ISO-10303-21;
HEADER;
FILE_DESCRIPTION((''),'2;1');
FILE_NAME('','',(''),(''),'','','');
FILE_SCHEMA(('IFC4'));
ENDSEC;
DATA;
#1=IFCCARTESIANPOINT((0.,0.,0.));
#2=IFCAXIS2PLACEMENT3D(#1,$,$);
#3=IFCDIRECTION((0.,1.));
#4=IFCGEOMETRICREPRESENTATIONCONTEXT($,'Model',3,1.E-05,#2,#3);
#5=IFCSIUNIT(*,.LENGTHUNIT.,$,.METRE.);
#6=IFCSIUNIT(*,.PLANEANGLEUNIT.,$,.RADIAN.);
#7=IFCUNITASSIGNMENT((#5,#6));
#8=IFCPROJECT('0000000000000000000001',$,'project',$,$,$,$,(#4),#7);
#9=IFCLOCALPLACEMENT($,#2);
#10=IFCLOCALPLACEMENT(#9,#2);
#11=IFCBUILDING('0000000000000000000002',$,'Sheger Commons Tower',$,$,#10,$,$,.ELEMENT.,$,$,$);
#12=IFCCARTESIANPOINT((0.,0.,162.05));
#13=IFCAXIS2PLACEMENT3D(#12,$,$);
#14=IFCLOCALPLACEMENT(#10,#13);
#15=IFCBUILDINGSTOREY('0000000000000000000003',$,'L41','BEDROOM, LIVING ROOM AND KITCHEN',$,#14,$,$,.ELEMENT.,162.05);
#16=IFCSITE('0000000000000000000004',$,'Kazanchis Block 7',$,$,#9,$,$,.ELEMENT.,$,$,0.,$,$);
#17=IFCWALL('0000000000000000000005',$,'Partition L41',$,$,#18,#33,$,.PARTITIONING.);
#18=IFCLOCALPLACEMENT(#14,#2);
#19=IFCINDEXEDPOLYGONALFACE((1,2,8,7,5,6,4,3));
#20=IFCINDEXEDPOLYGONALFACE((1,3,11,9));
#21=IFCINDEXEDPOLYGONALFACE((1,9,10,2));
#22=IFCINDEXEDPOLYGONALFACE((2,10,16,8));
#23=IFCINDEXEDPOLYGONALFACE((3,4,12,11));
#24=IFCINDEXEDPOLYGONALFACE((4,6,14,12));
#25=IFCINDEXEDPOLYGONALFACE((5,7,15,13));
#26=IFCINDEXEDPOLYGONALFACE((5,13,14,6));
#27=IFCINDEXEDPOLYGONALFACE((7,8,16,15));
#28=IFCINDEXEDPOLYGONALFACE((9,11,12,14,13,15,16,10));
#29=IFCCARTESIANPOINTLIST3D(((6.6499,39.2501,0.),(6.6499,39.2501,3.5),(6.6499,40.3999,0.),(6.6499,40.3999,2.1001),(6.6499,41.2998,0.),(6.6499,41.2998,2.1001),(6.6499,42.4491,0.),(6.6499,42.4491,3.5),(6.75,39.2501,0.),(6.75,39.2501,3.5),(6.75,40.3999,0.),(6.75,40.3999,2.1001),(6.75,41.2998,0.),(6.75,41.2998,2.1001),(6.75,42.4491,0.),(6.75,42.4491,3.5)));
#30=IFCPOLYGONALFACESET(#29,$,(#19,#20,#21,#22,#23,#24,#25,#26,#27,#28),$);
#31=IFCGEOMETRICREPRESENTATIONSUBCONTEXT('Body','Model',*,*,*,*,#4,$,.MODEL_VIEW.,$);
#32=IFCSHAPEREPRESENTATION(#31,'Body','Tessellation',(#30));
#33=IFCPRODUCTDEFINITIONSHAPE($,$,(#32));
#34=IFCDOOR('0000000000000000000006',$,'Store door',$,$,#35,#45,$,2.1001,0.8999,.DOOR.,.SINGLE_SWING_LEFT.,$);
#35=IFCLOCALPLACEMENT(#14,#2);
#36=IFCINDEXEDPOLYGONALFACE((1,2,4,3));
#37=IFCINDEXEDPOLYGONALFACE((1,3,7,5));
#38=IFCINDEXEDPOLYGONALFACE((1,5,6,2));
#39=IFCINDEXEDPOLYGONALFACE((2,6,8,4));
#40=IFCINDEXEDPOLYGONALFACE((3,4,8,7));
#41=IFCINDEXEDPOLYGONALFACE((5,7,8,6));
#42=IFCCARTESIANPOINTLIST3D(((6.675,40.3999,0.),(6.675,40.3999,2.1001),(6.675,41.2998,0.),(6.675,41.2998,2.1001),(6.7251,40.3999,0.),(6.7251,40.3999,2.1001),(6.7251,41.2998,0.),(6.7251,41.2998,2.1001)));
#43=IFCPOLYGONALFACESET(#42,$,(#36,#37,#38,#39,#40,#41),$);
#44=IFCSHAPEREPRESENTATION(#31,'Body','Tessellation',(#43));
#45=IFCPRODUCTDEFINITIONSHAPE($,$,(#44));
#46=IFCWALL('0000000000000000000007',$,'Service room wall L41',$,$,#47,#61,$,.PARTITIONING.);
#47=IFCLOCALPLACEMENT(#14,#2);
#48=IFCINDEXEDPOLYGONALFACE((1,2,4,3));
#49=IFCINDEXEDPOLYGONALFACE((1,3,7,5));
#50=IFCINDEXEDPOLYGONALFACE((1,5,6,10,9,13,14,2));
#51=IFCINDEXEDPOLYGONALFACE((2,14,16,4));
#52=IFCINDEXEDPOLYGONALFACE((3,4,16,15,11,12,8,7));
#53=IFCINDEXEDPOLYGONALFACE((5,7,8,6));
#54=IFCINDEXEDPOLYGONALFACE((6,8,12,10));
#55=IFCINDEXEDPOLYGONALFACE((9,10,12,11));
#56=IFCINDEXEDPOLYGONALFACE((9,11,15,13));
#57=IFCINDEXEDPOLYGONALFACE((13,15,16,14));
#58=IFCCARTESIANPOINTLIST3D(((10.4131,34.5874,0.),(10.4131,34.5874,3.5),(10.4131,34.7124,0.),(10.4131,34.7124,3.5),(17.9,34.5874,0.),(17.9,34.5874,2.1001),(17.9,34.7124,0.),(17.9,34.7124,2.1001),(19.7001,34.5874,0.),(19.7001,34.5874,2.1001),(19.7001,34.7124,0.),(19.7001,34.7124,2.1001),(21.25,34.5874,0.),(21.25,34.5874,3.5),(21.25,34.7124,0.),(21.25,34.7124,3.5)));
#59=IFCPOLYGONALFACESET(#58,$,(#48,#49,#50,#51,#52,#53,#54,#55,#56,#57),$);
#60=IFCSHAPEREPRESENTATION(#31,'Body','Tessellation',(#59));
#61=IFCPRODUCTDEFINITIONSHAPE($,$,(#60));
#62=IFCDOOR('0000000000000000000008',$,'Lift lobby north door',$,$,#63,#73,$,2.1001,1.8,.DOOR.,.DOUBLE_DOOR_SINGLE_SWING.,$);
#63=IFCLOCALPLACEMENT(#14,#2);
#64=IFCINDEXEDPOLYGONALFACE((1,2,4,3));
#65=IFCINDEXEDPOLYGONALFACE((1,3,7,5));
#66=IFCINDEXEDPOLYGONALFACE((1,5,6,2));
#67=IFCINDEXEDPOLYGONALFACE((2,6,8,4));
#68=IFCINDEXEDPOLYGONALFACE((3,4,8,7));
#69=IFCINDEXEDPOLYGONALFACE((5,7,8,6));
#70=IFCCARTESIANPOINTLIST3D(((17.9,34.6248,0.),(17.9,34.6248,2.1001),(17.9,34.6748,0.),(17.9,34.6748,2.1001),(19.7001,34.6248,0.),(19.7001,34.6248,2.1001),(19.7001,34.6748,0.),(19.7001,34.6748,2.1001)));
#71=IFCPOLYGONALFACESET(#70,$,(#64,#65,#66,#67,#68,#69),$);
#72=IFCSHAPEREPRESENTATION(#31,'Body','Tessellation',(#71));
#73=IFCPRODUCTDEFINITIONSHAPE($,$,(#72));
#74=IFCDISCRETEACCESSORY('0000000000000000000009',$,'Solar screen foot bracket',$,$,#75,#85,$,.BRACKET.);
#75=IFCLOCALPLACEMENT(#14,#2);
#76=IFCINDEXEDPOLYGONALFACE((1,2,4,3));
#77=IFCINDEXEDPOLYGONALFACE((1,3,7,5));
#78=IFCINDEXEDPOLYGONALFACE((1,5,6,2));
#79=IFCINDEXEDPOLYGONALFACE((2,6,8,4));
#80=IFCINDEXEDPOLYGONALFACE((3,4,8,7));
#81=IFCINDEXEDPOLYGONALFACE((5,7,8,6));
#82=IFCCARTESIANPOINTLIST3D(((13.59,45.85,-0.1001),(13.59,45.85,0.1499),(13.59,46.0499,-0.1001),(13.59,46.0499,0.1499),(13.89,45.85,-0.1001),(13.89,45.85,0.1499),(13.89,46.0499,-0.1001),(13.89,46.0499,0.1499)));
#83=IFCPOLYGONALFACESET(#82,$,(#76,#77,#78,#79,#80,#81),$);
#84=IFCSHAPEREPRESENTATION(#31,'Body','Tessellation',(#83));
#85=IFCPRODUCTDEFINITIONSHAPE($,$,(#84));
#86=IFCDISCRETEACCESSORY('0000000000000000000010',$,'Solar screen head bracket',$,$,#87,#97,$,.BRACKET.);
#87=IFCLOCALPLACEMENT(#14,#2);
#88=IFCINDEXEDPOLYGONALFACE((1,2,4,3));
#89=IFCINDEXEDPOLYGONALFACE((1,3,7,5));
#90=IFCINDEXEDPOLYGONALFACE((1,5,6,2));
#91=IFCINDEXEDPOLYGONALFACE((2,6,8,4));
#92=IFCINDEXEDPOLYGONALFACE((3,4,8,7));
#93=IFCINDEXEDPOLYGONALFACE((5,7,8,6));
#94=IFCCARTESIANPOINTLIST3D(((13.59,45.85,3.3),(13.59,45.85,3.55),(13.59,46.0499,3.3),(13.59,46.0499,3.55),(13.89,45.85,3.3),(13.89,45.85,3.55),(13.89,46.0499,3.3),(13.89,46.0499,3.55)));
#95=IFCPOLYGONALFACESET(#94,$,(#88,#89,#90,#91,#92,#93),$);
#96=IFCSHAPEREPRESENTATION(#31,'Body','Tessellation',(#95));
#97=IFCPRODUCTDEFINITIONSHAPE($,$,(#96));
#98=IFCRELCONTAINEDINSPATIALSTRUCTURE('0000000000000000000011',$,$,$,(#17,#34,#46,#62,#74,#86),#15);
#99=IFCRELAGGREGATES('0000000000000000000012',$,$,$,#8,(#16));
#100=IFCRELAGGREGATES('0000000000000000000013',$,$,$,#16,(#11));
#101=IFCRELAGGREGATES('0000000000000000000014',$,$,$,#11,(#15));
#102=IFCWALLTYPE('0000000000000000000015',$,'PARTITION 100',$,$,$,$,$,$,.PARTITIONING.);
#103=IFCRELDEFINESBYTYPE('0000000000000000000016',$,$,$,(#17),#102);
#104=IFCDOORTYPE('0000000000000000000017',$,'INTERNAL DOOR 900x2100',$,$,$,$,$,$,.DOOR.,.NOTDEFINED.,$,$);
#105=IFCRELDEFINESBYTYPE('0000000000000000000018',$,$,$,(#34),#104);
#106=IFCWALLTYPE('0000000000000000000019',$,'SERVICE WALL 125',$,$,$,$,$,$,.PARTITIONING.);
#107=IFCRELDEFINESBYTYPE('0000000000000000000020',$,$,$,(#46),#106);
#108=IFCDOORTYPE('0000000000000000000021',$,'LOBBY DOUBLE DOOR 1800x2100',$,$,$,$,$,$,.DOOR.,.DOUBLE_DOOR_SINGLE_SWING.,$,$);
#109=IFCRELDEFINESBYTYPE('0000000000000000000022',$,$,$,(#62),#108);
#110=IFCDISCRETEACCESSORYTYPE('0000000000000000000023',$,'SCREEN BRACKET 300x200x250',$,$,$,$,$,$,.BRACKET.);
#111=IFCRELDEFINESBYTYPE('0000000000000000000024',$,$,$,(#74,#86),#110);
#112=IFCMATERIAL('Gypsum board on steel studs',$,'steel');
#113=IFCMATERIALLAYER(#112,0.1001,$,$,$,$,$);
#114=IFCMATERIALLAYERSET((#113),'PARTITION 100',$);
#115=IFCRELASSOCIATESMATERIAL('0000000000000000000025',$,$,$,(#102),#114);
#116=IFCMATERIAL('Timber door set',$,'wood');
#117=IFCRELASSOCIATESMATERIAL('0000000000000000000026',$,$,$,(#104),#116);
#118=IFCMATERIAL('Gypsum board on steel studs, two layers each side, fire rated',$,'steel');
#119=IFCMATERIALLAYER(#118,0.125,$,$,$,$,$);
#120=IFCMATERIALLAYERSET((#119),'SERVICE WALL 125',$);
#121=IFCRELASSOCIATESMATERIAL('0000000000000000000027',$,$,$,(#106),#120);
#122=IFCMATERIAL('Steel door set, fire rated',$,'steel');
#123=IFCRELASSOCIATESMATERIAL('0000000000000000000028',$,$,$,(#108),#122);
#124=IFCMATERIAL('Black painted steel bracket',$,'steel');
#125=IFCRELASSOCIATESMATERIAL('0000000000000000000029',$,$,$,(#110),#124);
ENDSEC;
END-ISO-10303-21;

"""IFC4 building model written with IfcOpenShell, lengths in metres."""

from ifc_helpers import new_model, si_unit, direction, frame, frame_2d, origin, origin_2d, place, context, subcontext, project, spatial, rectangle, extrude, material, layer, layer_set, type_object, element, fill, save


model = new_model("IFC4")

# Units and contexts
model_context = context("Model", 3, precision=1e-05, world=origin(), true_north=direction((0.0, 1.0)))
body_context = subcontext(model_context, "Body", "Model", "MODEL_VIEW")
ifc_project = project(units=[si_unit("LENGTHUNIT", "METRE"), si_unit("PLANEANGLEUNIT", "RADIAN")], contexts=[model_context])

# Site, building, storey
site_placement = place(None, origin())
site = spatial("IfcSite", under=ifc_project, at=site_placement, Name="Kazanchis Block 7", CompositionType="ELEMENT", RefElevation=0.0)
building_placement = place(site_placement, origin())
building = spatial("IfcBuilding", under=site, at=building_placement, Name="Sheger Commons Tower", CompositionType="ELEMENT")
storey_placement = place(building_placement, frame((0.0, 0.0, 162.05)))
storey = spatial("IfcBuildingStorey", under=building, at=storey_placement, Name="L41", Description="BEDROOM, LIVING ROOM AND KITCHEN", CompositionType="ELEMENT", Elevation=162.05)

# Shared definitions
ifc_material_1 = material(Name="Gypsum board on steel studs", Category="steel")
ifc_layer_1 = layer(ifc_material_1, 0.1001)
ifc_layer_set_1 = layer_set([ifc_layer_1], Name="PARTITION 100")
wall_type_1 = type_object("IfcWallType", Name="PARTITION 100", PredefinedType="PARTITIONING", material=ifc_layer_set_1)

# Walls, openings, doors
wall_1_placement = place(storey_placement, frame((6.7, 39.25, 0.0), z_axis=(0.0, 0.0, 1.0), x_axis=(0.0, 1.0, 0.0)))
wall_1 = element("IfcWall", 1, at=wall_1_placement, inside=storey, type_object=wall_type_1, Name="Partition L41", PredefinedType="PARTITIONING", context=body_context, shape_type="SweptSolid", body=[
    extrude(rectangle(XDim=3.199, YDim=0.1001, at=frame_2d((1.5996, 0.0))), origin(), (0.0, 0.0, 1.0), 3.5),
])
opening_1_placement = place(wall_1_placement, frame((1.1499, 0.0, 0.0)))
opening_1 = element("IfcOpeningElement", 2, at=opening_1_placement, cuts=wall_1, PredefinedType="OPENING", context=body_context, shape_type="SweptSolid", body=[
    extrude(rectangle(XDim=0.8999, YDim=2.1001, at=frame_2d((0.45, 1.05))), frame((0.0, 0.0601, 0.0), z_axis=(0.0, -1.0, 0.0), x_axis=(1.0, 0.0, 0.0)), (0.0, 0.0, 1.0), 0.1201),
])
ifc_material_2 = material(Name="Timber door set", Category="wood")
door_type_1 = type_object("IfcDoorType", Name="INTERNAL DOOR 900x2100", OperationType="NOTDEFINED", PredefinedType="DOOR", material=ifc_material_2)
door_1_placement = place(opening_1_placement, origin())
door_1 = element("IfcDoor", 3, at=door_1_placement, inside=storey, type_object=door_type_1, Name="Store door", OperationType="SINGLE_SWING_LEFT", OverallHeight=2.1001, OverallWidth=0.8999, PredefinedType="DOOR", context=body_context, shape_type="SweptSolid", body=[
    extrude(rectangle(XDim=0.8999, YDim=2.1001, at=frame_2d((0.45, 1.05))), frame((0.0, 0.0249, 0.0), z_axis=(0.0, -1.0, 0.0), x_axis=(1.0, 0.0, 0.0)), (0.0, 0.0, 1.0), 0.05),
])
fill(opening_1, door_1)
ifc_material_3 = material(Name="Gypsum board on steel studs, two layers each side, fire rated", Category="steel")
ifc_layer_2 = layer(ifc_material_3, 0.125)
ifc_layer_set_2 = layer_set([ifc_layer_2], Name="SERVICE WALL 125")
wall_type_2 = type_object("IfcWallType", Name="SERVICE WALL 125", PredefinedType="PARTITIONING", material=ifc_layer_set_2)
wall_2_placement = place(storey_placement, frame((10.4131, 34.6499, 0.0), z_axis=(0.0, 0.0, 1.0), x_axis=(1.0, 0.0, 0.0)))
wall_2 = element("IfcWall", 4, at=wall_2_placement, inside=storey, type_object=wall_type_2, Name="Service room wall L41", PredefinedType="PARTITIONING", context=body_context, shape_type="SweptSolid", body=[
    extrude(rectangle(XDim=10.8369, YDim=0.125, at=frame_2d((5.4185, 0.0))), origin(), (0.0, 0.0, 1.0), 3.5),
])
opening_2_placement = place(wall_2_placement, frame((7.4871, 0.0, 0.0)))
opening_2 = element("IfcOpeningElement", 5, at=opening_2_placement, cuts=wall_2, PredefinedType="OPENING", context=body_context, shape_type="SweptSolid", body=[
    extrude(rectangle(XDim=1.8, YDim=2.1001, at=frame_2d((0.8999, 1.05))), frame((0.0, 0.0725, 0.0), z_axis=(0.0, -1.0, 0.0), x_axis=(1.0, 0.0, 0.0)), (0.0, 0.0, 1.0), 0.145),
])
ifc_material_4 = material(Name="Steel door set, fire rated", Category="steel")
door_type_2 = type_object("IfcDoorType", Name="LOBBY DOUBLE DOOR 1800x2100", OperationType="DOUBLE_DOOR_SINGLE_SWING", PredefinedType="DOOR", material=ifc_material_4)
door_2_placement = place(opening_2_placement, origin())
door_2 = element("IfcDoor", 6, at=door_2_placement, inside=storey, type_object=door_type_2, Name="Lift lobby north door", OperationType="DOUBLE_DOOR_SINGLE_SWING", OverallHeight=2.1001, OverallWidth=1.8, PredefinedType="DOOR", context=body_context, shape_type="SweptSolid", body=[
    extrude(rectangle(XDim=1.8, YDim=2.1001, at=frame_2d((0.8999, 1.05))), frame((0.0, 0.0249, 0.0), z_axis=(0.0, -1.0, 0.0), x_axis=(1.0, 0.0, 0.0)), (0.0, 0.0, 1.0), 0.05),
])
fill(opening_2, door_2)

# Discrete accessories
ifc_material_5 = material(Name="Black painted steel bracket", Category="steel")
discrete_accessory_type = type_object("IfcDiscreteAccessoryType", Name="SCREEN BRACKET 300x200x250", PredefinedType="BRACKET", material=ifc_material_5)
for number, where, z_axis, x_axis, name in (
    (7, (13.74, 45.95, -0.1001), (0.0, 0.0, 1.0), (-1.0, 0.0, 0.0), "Solar screen foot bracket"),
    (8, (13.74, 45.95, 3.3), (0.0, 0.0, 1.0), (-1.0, 0.0, 0.0), "Solar screen head bracket"),
):
    element("IfcDiscreteAccessory", number, at=place(storey_placement, frame(where, z_axis=z_axis, x_axis=x_axis)), inside=storey, type_object=discrete_accessory_type, Name=name, PredefinedType="BRACKET", context=body_context, shape_type="SweptSolid", body=[
        extrude(rectangle(XDim=0.3, YDim=0.2, at=origin_2d()), origin(), (0.0, 0.0, 1.0), 0.25),
    ])

save(model, "model.ifc")
